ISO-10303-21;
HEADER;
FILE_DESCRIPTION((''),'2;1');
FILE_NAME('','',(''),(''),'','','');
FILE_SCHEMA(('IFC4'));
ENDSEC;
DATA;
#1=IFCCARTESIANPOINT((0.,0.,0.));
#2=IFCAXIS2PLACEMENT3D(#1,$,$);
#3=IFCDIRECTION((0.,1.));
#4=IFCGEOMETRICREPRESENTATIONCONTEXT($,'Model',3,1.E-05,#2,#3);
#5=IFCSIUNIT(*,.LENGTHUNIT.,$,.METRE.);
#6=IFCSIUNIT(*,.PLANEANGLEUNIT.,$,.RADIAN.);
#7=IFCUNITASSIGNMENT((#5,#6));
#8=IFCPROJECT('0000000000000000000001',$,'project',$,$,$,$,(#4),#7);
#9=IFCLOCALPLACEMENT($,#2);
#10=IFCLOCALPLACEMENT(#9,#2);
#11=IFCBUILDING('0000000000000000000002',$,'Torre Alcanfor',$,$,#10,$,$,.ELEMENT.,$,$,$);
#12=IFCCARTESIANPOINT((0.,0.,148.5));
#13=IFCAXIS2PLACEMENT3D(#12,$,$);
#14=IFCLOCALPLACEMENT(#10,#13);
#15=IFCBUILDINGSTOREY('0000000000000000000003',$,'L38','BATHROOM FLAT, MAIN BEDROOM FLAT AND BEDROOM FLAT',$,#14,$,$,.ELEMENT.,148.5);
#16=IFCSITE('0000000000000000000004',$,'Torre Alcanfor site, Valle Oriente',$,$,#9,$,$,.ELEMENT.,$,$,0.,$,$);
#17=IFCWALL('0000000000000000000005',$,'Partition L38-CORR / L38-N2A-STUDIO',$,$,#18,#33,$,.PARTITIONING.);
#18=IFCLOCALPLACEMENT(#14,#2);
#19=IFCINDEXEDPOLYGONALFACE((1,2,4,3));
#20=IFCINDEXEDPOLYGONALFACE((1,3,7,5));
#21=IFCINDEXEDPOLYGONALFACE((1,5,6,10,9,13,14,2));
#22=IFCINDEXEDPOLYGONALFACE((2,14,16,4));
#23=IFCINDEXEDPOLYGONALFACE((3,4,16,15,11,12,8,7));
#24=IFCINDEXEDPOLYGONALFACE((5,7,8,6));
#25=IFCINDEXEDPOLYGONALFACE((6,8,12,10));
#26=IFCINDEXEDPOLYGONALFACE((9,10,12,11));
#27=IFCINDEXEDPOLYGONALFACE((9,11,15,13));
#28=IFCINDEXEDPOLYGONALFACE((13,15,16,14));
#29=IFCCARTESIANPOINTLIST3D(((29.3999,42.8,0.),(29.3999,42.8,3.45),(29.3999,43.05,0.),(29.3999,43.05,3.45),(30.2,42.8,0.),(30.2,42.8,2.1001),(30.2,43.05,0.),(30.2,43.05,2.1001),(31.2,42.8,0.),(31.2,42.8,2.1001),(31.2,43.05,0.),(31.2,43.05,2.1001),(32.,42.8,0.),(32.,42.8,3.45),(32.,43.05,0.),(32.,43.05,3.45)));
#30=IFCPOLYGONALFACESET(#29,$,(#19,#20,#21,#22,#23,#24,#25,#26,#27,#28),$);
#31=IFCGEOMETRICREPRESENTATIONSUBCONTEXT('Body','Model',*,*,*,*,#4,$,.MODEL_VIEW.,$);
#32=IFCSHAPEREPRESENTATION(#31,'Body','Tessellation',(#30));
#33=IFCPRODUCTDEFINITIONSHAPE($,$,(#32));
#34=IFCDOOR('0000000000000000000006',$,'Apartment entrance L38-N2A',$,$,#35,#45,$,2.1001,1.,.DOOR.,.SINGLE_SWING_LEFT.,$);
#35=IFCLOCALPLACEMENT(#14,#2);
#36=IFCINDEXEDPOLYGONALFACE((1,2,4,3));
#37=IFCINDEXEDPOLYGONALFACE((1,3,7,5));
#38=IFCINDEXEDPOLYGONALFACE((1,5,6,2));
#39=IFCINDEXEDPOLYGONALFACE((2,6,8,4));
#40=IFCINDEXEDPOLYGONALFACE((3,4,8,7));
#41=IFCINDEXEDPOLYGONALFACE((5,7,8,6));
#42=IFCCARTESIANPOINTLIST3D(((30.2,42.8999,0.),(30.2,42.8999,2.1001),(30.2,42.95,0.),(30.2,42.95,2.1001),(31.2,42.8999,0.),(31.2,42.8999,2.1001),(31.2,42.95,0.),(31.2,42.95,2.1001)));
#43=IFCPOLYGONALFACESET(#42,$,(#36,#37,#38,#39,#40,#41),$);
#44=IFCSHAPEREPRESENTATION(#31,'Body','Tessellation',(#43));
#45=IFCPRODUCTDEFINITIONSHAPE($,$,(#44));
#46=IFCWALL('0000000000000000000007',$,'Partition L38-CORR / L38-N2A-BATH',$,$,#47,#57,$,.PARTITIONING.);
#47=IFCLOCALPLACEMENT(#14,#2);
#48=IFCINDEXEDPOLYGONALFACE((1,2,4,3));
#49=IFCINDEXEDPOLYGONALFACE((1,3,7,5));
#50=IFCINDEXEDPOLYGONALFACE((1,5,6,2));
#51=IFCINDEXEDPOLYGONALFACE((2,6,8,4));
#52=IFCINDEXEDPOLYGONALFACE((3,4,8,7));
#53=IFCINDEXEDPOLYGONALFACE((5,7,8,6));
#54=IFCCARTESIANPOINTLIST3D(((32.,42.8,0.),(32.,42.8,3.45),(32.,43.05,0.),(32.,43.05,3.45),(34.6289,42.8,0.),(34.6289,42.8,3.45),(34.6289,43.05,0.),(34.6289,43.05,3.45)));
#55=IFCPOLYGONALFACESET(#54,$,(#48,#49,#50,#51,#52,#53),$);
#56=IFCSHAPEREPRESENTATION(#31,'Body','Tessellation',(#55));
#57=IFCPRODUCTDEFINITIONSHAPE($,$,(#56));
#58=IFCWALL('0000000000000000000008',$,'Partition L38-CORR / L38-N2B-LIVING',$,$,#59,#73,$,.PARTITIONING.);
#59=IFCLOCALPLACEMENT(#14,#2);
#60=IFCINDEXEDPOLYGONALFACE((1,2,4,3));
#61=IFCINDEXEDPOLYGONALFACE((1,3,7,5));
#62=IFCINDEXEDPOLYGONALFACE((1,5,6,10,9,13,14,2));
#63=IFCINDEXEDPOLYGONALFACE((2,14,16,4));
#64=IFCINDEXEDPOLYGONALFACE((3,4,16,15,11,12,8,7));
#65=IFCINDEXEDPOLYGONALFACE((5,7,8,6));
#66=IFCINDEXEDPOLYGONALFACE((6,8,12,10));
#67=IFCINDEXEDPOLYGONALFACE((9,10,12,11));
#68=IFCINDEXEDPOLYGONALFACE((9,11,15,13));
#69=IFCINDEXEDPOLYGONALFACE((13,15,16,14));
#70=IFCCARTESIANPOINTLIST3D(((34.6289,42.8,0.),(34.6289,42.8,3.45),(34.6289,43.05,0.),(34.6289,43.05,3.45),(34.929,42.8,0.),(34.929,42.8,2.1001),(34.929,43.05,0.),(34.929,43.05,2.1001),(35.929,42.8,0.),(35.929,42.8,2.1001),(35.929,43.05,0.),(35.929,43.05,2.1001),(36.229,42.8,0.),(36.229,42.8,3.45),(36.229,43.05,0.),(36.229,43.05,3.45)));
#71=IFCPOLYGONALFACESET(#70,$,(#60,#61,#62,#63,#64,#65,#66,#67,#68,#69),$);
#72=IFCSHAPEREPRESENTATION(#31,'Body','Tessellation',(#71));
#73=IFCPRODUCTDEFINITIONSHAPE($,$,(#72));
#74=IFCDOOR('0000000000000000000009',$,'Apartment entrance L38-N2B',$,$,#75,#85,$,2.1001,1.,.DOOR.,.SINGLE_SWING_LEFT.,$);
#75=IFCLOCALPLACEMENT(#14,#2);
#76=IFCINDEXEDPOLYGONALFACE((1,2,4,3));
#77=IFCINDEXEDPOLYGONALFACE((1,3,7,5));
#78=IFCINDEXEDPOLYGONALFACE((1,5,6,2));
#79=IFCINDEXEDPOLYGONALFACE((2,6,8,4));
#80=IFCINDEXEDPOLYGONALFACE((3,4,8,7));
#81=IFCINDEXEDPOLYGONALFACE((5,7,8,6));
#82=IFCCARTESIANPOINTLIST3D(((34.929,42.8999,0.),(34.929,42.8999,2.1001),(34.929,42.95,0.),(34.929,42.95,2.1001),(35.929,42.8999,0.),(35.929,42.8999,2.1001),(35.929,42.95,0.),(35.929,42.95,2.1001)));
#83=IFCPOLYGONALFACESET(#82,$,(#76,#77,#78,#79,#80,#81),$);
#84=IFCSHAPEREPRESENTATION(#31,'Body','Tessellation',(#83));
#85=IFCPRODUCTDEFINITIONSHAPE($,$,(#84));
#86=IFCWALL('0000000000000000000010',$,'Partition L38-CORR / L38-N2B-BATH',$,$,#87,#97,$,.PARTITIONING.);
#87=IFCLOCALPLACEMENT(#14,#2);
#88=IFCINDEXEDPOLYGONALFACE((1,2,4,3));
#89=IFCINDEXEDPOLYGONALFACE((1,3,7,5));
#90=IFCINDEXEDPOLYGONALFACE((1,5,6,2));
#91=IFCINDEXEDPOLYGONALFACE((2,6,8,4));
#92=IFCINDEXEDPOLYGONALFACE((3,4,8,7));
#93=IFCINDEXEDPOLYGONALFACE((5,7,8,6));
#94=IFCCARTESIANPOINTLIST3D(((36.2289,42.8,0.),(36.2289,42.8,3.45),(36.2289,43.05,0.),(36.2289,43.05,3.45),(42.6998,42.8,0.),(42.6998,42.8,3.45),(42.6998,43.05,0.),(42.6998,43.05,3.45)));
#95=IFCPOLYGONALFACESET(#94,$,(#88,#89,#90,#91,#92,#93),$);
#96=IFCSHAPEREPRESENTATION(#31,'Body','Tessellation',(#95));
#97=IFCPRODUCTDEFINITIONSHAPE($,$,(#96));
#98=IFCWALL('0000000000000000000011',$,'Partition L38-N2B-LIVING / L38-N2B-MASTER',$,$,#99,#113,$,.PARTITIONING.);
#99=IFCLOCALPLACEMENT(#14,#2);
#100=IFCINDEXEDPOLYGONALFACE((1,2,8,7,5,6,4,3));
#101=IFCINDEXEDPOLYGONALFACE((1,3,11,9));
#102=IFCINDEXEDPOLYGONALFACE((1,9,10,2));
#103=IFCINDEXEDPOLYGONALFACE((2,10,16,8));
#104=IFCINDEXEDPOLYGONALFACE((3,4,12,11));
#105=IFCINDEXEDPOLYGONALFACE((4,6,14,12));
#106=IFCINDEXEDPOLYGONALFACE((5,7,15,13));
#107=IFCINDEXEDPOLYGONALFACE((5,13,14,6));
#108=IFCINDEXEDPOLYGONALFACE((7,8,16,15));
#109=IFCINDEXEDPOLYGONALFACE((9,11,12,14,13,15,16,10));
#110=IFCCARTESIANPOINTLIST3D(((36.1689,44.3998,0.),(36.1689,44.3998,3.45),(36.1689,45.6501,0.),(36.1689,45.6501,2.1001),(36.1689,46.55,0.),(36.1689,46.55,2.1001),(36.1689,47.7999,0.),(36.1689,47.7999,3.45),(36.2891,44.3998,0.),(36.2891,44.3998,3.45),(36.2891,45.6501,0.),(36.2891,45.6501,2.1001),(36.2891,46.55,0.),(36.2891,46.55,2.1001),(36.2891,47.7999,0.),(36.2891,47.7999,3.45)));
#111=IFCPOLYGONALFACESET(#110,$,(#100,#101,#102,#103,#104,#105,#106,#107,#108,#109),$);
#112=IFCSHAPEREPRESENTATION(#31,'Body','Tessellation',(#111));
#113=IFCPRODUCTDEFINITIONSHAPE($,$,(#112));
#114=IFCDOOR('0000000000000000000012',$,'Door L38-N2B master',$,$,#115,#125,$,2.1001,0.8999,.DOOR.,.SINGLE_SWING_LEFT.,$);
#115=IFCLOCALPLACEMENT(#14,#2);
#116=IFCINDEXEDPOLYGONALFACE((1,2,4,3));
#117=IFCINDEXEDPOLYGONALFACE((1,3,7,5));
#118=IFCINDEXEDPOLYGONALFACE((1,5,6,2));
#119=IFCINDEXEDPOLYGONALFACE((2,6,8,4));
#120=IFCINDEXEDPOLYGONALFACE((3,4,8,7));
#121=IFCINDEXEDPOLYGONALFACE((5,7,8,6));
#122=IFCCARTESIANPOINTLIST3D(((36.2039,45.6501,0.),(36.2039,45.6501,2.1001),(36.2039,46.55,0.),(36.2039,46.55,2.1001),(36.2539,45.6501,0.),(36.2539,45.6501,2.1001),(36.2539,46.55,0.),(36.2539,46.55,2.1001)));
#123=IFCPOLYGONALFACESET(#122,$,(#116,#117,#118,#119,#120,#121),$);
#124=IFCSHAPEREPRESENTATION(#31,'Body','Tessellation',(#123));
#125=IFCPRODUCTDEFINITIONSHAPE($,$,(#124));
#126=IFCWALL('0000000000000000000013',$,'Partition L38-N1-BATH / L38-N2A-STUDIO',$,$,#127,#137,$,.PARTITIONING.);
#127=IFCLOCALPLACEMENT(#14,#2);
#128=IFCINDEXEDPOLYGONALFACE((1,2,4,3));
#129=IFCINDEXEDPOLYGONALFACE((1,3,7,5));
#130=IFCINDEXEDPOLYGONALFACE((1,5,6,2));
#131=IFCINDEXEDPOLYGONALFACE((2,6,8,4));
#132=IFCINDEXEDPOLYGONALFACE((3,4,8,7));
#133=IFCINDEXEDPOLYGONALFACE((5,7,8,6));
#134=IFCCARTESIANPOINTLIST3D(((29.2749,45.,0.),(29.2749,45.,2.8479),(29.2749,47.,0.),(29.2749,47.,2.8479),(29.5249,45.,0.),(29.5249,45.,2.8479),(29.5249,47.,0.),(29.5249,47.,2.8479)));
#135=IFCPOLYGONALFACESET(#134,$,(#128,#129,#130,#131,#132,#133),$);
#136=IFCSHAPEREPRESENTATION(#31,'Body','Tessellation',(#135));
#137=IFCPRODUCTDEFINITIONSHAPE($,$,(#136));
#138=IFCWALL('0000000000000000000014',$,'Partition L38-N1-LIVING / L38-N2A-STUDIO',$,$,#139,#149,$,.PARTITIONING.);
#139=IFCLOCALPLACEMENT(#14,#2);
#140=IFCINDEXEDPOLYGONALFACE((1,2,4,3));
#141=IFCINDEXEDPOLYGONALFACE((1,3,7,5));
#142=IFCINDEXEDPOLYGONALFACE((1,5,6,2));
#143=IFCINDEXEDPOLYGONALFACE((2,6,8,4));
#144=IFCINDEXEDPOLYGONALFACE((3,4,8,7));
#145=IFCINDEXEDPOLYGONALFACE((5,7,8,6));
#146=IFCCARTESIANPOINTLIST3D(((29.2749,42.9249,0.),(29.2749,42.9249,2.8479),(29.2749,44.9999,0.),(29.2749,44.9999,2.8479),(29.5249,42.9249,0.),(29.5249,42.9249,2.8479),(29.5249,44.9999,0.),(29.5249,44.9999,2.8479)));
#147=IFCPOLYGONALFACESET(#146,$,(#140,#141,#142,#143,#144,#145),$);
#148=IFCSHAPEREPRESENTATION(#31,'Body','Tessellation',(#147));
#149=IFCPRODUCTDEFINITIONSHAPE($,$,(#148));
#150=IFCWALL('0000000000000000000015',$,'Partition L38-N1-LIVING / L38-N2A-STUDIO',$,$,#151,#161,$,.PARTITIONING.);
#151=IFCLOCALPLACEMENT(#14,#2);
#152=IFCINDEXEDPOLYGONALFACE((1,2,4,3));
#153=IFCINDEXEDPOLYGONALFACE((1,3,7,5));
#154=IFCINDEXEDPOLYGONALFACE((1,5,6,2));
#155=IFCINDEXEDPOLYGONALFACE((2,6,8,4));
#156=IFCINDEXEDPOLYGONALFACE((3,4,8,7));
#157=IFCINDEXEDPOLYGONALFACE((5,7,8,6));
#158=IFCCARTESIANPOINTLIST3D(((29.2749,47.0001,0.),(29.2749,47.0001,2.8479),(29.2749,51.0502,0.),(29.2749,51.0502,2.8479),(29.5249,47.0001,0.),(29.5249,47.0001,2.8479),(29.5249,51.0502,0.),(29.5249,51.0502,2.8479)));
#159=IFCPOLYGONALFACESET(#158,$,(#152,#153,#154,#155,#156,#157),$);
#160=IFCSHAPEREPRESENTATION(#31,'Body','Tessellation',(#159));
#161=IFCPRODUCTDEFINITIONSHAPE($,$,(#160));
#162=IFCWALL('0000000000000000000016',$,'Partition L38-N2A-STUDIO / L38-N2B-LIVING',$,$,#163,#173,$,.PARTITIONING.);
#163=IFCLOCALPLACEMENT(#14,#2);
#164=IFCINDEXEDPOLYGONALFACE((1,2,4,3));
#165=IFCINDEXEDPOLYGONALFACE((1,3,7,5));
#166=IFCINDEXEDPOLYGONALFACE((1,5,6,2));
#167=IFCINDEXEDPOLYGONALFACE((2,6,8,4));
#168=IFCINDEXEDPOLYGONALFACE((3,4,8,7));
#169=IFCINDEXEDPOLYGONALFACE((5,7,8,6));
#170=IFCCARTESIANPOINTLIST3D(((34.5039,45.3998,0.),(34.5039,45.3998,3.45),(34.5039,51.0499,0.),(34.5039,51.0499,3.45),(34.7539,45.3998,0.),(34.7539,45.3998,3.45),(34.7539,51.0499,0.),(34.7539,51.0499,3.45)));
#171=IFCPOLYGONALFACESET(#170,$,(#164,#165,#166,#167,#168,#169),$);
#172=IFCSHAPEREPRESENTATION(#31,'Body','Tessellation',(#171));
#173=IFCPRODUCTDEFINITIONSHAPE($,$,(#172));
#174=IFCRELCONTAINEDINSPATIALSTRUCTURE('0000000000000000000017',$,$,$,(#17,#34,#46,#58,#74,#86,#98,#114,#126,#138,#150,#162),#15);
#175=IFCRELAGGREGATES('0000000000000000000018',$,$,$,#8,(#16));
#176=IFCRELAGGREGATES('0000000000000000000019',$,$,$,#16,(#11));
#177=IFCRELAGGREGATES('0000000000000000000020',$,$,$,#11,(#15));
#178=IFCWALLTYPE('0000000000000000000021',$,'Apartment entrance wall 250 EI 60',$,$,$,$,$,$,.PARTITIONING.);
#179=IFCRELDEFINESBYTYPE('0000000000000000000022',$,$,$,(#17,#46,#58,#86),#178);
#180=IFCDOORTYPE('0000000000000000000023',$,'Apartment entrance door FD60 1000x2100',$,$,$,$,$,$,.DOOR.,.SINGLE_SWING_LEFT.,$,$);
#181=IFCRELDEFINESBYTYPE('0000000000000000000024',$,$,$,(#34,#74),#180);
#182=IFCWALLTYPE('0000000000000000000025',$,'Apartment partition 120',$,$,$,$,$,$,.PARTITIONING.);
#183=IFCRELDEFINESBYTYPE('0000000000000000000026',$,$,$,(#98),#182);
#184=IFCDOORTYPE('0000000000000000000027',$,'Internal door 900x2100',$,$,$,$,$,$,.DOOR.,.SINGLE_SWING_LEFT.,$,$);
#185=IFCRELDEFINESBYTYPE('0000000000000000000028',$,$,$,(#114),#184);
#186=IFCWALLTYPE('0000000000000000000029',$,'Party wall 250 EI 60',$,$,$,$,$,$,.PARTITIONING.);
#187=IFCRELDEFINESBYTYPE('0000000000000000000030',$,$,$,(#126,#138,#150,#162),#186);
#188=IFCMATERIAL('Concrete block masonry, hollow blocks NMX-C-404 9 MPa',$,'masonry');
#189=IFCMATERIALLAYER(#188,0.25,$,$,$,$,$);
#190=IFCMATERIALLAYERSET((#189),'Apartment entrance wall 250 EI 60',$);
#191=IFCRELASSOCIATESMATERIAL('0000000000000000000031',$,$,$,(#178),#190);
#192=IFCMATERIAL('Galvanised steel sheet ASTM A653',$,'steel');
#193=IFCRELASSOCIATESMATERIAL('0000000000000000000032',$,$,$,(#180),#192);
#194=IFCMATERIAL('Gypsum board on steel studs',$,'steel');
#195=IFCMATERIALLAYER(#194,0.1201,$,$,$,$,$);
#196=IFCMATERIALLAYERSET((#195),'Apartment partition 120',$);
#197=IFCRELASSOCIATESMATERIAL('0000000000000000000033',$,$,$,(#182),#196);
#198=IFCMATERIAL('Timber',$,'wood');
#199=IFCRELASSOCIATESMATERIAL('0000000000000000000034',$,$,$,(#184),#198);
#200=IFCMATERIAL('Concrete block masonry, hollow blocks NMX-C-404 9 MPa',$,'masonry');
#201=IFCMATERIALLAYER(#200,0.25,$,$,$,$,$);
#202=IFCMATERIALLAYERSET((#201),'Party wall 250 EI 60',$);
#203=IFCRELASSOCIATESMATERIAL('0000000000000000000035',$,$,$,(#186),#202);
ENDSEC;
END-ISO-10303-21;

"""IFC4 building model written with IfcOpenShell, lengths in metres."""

from ifc_helpers import new_model, si_unit, direction, frame, frame_2d, origin, place, context, subcontext, project, spatial, rectangle, extrude, material, layer, layer_set, type_object, element, fill, save


model = new_model("IFC4")

# Units and contexts
model_context = context("Model", 3, precision=1e-05, world=origin(), true_north=direction((0.0, 1.0)))
body_context = subcontext(model_context, "Body", "Model", "MODEL_VIEW")
ifc_project = project(units=[si_unit("LENGTHUNIT", "METRE"), si_unit("PLANEANGLEUNIT", "RADIAN")], contexts=[model_context])

# Site, building, storey
site_placement = place(None, origin())
site = spatial("IfcSite", under=ifc_project, at=site_placement, Name="Torre Alcanfor site, Valle Oriente", CompositionType="ELEMENT", RefElevation=0.0)
building_placement = place(site_placement, origin())
building = spatial("IfcBuilding", under=site, at=building_placement, Name="Torre Alcanfor", CompositionType="ELEMENT")
storey_placement = place(building_placement, frame((0.0, 0.0, 148.5)))
storey = spatial("IfcBuildingStorey", under=building, at=storey_placement, Name="L38", Description="BATHROOM FLAT, MAIN BEDROOM FLAT AND BEDROOM FLAT", CompositionType="ELEMENT", Elevation=148.5)

# Wall, opening, door
ifc_material_1 = material(Name="Concrete block masonry, hollow blocks NMX-C-404 9 MPa", Category="masonry")
ifc_layer_1 = layer(ifc_material_1, 0.25)
ifc_layer_set_1 = layer_set([ifc_layer_1], Name="Apartment entrance wall 250 EI 60")
wall_type_1 = type_object("IfcWallType", Name="Apartment entrance wall 250 EI 60", PredefinedType="PARTITIONING", material=ifc_layer_set_1)
wall_1_placement = place(storey_placement, frame((29.3999, 42.925, 0.0), z_axis=(0.0, 0.0, 1.0), x_axis=(1.0, 0.0, 0.0)))
wall_1 = element("IfcWall", 1, at=wall_1_placement, inside=storey, type_object=wall_type_1, Name="Partition L38-CORR / L38-N2A-STUDIO", PredefinedType="PARTITIONING", context=body_context, shape_type="SweptSolid", body=[
    extrude(rectangle(XDim=2.6001, YDim=0.25, at=frame_2d((1.3, 0.0))), origin(), (0.0, 0.0, 1.0), 3.45),
])
opening_1_placement = place(wall_1_placement, frame((0.8, 0.0, 0.0)))
opening_1 = element("IfcOpeningElement", 2, at=opening_1_placement, cuts=wall_1, PredefinedType="OPENING", context=body_context, shape_type="SweptSolid", body=[
    extrude(rectangle(XDim=1.0, YDim=2.1001, at=frame_2d((0.5, 1.05))), frame((0.0, 0.135, 0.0), z_axis=(0.0, -1.0, 0.0), x_axis=(1.0, 0.0, 0.0)), (0.0, 0.0, 1.0), 0.27),
])
ifc_material_2 = material(Name="Galvanised steel sheet ASTM A653", Category="steel")
door_type_1 = type_object("IfcDoorType", Name="Apartment entrance door FD60 1000x2100", OperationType="SINGLE_SWING_LEFT", PredefinedType="DOOR", material=ifc_material_2)
door_1_placement = place(opening_1_placement, origin())
door_1 = element("IfcDoor", 3, at=door_1_placement, inside=storey, type_object=door_type_1, Name="Apartment entrance L38-N2A", OperationType="SINGLE_SWING_LEFT", OverallHeight=2.1001, OverallWidth=1.0, PredefinedType="DOOR", context=body_context, shape_type="SweptSolid", body=[
    extrude(rectangle(XDim=1.0, YDim=2.1001, at=frame_2d((0.5, 1.05))), frame((0.0, 0.0249, 0.0), z_axis=(0.0, -1.0, 0.0), x_axis=(1.0, 0.0, 0.0)), (0.0, 0.0, 1.0), 0.05),
])
fill(opening_1, door_1)

# Wall
wall_2_placement = place(storey_placement, frame((32.0, 42.925, 0.0), z_axis=(0.0, 0.0, 1.0), x_axis=(1.0, 0.0, 0.0)))
element("IfcWall", 4, at=wall_2_placement, inside=storey, type_object=wall_type_1, Name="Partition L38-CORR / L38-N2A-BATH", PredefinedType="PARTITIONING", context=body_context, shape_type="SweptSolid", body=[
    extrude(rectangle(XDim=2.6289, YDim=0.25, at=frame_2d((1.3145, 0.0))), origin(), (0.0, 0.0, 1.0), 3.45),
])

# Wall, opening, door
wall_3_placement = place(storey_placement, frame((34.6289, 42.925, 0.0), z_axis=(0.0, 0.0, 1.0), x_axis=(1.0, 0.0, 0.0)))
wall_3 = element("IfcWall", 5, at=wall_3_placement, inside=storey, type_object=wall_type_1, Name="Partition L38-CORR / L38-N2B-LIVING", PredefinedType="PARTITIONING", context=body_context, shape_type="SweptSolid", body=[
    extrude(rectangle(XDim=1.6001, YDim=0.25, at=frame_2d((0.8, 0.0))), origin(), (0.0, 0.0, 1.0), 3.45),
])
opening_2_placement = place(wall_3_placement, frame((0.3, 0.0, 0.0)))
opening_2 = element("IfcOpeningElement", 6, at=opening_2_placement, cuts=wall_3, PredefinedType="OPENING", context=body_context, shape_type="SweptSolid", body=[
    extrude(rectangle(XDim=1.0, YDim=2.1001, at=frame_2d((0.5, 1.05))), frame((0.0, 0.135, 0.0), z_axis=(0.0, -1.0, 0.0), x_axis=(1.0, 0.0, 0.0)), (0.0, 0.0, 1.0), 0.27),
])
door_2_placement = place(opening_2_placement, origin())
door_2 = element("IfcDoor", 7, at=door_2_placement, inside=storey, type_object=door_type_1, Name="Apartment entrance L38-N2B", OperationType="SINGLE_SWING_LEFT", OverallHeight=2.1001, OverallWidth=1.0, PredefinedType="DOOR", context=body_context, shape_type="SweptSolid", body=[
    extrude(rectangle(XDim=1.0, YDim=2.1001, at=frame_2d((0.5, 1.05))), frame((0.0, 0.0249, 0.0), z_axis=(0.0, -1.0, 0.0), x_axis=(1.0, 0.0, 0.0)), (0.0, 0.0, 1.0), 0.05),
])
fill(opening_2, door_2)

# Wall
wall_4_placement = place(storey_placement, frame((36.229, 42.925, 0.0), z_axis=(0.0, 0.0, 1.0), x_axis=(1.0, 0.0, 0.0)))
element("IfcWall", 8, at=wall_4_placement, inside=storey, type_object=wall_type_1, Name="Partition L38-CORR / L38-N2B-BATH", PredefinedType="PARTITIONING", context=body_context, shape_type="SweptSolid", body=[
    extrude(rectangle(XDim=6.4709, YDim=0.25, at=frame_2d((3.2354, 0.0))), origin(), (0.0, 0.0, 1.0), 3.45),
])

# Wall, opening, door
ifc_material_3 = material(Name="Gypsum board on steel studs", Category="steel")
ifc_layer_2 = layer(ifc_material_3, 0.1201)
ifc_layer_set_2 = layer_set([ifc_layer_2], Name="Apartment partition 120")
wall_type_2 = type_object("IfcWallType", Name="Apartment partition 120", PredefinedType="PARTITIONING", material=ifc_layer_set_2)
wall_5_placement = place(storey_placement, frame((36.229, 47.8, 0.0), z_axis=(0.0, 0.0, 1.0), x_axis=(0.0, -1.0, 0.0)))
wall_5 = element("IfcWall", 9, at=wall_5_placement, inside=storey, type_object=wall_type_2, Name="Partition L38-N2B-LIVING / L38-N2B-MASTER", PredefinedType="PARTITIONING", context=body_context, shape_type="SweptSolid", body=[
    extrude(rectangle(XDim=3.4001, YDim=0.1201, at=frame_2d((1.7002, 0.0))), origin(), (0.0, 0.0, 1.0), 3.45),
])
opening_3_placement = place(wall_5_placement, frame((1.25, 0.0, 0.0)))
opening_3 = element("IfcOpeningElement", 10, at=opening_3_placement, cuts=wall_5, PredefinedType="OPENING", context=body_context, shape_type="SweptSolid", body=[
    extrude(rectangle(XDim=0.8999, YDim=2.1001, at=frame_2d((0.45, 1.05))), frame((0.0, 0.0701, 0.0), z_axis=(0.0, -1.0, 0.0), x_axis=(1.0, 0.0, 0.0)), (0.0, 0.0, 1.0), 0.1401),
])
ifc_material_4 = material(Name="Timber", Category="wood")
door_type_2 = type_object("IfcDoorType", Name="Internal door 900x2100", OperationType="SINGLE_SWING_LEFT", PredefinedType="DOOR", material=ifc_material_4)
door_3_placement = place(opening_3_placement, origin())
door_3 = element("IfcDoor", 11, at=door_3_placement, inside=storey, type_object=door_type_2, Name="Door L38-N2B master", OperationType="SINGLE_SWING_LEFT", OverallHeight=2.1001, OverallWidth=0.8999, PredefinedType="DOOR", context=body_context, shape_type="SweptSolid", body=[
    extrude(rectangle(XDim=0.8999, YDim=2.1001, at=frame_2d((0.45, 1.05))), frame((0.0, 0.0249, 0.0), z_axis=(0.0, -1.0, 0.0), x_axis=(1.0, 0.0, 0.0)), (0.0, 0.0, 1.0), 0.05),
])
fill(opening_3, door_3)

# Walls
ifc_material_5 = material(Name="Concrete block masonry, hollow blocks NMX-C-404 9 MPa", Category="masonry")
ifc_layer_3 = layer(ifc_material_5, 0.25)
ifc_layer_set_3 = layer_set([ifc_layer_3], Name="Party wall 250 EI 60")
wall_type_3 = type_object("IfcWallType", Name="Party wall 250 EI 60", PredefinedType="PARTITIONING", material=ifc_layer_set_3)
wall_6_placement = place(storey_placement, frame((29.3999, 45.0, 0.0), z_axis=(0.0, 0.0, 1.0), x_axis=(0.0, 1.0, 0.0)))
element("IfcWall", 12, at=wall_6_placement, inside=storey, type_object=wall_type_3, Name="Partition L38-N1-BATH / L38-N2A-STUDIO", PredefinedType="PARTITIONING", context=body_context, shape_type="SweptSolid", body=[
    extrude(rectangle(XDim=2.0, YDim=0.25, at=frame_2d((1.0, 0.0))), origin(), (0.0, 0.0, 1.0), 2.8479),
])
wall_7_placement = place(storey_placement, frame((29.3999, 45.0, 0.0), z_axis=(0.0, 0.0, 1.0), x_axis=(0.0, -1.0, 0.0)))
element("IfcWall", 13, at=wall_7_placement, inside=storey, type_object=wall_type_3, Name="Partition L38-N1-LIVING / L38-N2A-STUDIO", PredefinedType="PARTITIONING", context=body_context, shape_type="SweptSolid", body=[
    extrude(rectangle(XDim=2.075, YDim=0.25, at=frame_2d((1.0376, 0.0))), origin(), (0.0, 0.0, 1.0), 2.8479),
])
wall_8_placement = place(storey_placement, frame((29.3999, 51.05, 0.0), z_axis=(0.0, 0.0, 1.0), x_axis=(0.0, -1.0, 0.0)))
element("IfcWall", 14, at=wall_8_placement, inside=storey, type_object=wall_type_3, Name="Partition L38-N1-LIVING / L38-N2A-STUDIO", PredefinedType="PARTITIONING", context=body_context, shape_type="SweptSolid", body=[
    extrude(rectangle(XDim=4.05, YDim=0.25, at=frame_2d((2.0249, 0.0))), origin(), (0.0, 0.0, 1.0), 2.8479),
])
wall_9_placement = place(storey_placement, frame((34.6289, 51.05, 0.0), z_axis=(0.0, 0.0, 1.0), x_axis=(0.0, -1.0, 0.0)))
element("IfcWall", 15, at=wall_9_placement, inside=storey, type_object=wall_type_3, Name="Partition L38-N2A-STUDIO / L38-N2B-LIVING", PredefinedType="PARTITIONING", context=body_context, shape_type="SweptSolid", body=[
    extrude(rectangle(XDim=5.6501, YDim=0.25, at=frame_2d((2.8252, 0.0))), origin(), (0.0, 0.0, 1.0), 3.45),
])

save(model, "model.ifc")
